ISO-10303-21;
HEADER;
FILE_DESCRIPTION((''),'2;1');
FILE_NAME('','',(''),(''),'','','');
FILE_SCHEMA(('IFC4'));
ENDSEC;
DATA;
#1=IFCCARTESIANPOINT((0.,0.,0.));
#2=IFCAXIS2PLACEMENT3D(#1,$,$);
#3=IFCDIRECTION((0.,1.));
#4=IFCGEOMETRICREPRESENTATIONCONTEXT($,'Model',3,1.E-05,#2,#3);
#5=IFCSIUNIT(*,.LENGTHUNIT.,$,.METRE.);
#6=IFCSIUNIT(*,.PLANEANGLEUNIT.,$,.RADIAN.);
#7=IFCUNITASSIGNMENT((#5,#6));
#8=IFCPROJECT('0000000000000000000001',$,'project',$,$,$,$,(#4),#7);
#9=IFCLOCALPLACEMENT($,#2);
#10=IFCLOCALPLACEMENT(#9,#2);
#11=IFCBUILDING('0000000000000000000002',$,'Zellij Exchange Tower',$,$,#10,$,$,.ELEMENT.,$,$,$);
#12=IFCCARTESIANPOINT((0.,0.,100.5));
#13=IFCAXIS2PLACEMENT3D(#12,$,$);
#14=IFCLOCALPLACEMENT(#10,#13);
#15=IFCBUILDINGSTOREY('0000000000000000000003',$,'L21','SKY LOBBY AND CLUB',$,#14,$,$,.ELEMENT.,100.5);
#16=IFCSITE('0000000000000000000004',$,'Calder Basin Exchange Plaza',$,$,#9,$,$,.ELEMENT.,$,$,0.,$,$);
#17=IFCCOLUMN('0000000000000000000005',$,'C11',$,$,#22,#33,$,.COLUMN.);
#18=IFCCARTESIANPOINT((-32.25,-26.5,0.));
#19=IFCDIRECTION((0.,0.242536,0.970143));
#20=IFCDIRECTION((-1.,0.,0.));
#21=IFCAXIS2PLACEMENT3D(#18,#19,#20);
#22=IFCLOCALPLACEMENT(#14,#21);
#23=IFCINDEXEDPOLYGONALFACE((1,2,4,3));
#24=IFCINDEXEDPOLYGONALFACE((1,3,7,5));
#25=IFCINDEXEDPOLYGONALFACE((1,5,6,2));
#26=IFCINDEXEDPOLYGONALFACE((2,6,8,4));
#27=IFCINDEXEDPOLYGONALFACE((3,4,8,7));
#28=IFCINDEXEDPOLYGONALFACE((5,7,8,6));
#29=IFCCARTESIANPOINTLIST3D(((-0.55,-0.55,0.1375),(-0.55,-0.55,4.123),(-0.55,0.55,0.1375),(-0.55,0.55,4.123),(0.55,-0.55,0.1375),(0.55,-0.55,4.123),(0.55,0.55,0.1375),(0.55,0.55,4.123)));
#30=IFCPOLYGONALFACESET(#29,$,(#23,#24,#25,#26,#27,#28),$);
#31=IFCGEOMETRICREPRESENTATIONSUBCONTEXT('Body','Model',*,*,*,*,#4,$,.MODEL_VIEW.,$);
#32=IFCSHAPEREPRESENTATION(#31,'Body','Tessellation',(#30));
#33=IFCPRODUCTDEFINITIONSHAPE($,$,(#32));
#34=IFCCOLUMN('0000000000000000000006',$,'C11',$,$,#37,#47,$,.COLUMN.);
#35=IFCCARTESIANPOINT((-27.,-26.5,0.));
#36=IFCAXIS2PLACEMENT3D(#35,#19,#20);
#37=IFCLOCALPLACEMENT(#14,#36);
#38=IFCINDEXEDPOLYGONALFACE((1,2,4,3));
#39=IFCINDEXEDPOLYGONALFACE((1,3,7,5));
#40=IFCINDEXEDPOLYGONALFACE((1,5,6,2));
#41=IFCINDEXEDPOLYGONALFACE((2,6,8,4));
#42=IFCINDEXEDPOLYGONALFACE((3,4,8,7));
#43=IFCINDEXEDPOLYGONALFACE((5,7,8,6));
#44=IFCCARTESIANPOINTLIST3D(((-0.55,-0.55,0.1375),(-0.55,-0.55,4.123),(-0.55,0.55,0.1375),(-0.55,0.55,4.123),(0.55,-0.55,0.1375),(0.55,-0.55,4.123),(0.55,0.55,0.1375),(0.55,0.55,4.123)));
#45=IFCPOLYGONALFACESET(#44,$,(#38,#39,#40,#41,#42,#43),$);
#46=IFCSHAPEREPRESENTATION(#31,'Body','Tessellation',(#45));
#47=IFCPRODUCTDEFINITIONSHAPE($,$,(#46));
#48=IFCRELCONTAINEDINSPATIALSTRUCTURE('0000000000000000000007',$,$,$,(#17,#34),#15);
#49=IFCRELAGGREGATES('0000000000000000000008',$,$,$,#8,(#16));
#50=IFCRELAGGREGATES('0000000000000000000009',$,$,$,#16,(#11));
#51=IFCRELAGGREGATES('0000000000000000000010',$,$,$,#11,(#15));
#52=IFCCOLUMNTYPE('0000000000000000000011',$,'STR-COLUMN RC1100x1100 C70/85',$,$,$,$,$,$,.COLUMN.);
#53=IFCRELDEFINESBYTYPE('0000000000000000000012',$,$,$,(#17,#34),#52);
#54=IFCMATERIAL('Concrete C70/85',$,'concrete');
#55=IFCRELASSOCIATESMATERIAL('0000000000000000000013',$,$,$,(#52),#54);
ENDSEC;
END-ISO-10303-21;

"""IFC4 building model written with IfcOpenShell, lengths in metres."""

from ifc_helpers import new_model, si_unit, direction, frame, origin, origin_2d, place, context, subcontext, project, spatial, rectangle, extrude, clip, halfspace, material, material_profile, profile_set, type_object, element, save


model = new_model("IFC4")

# Units and contexts
model_context = context("Model", 3, precision=1e-05, world=origin(), true_north=direction((0.0, 1.0)))
body_context = subcontext(model_context, "Body", "Model", "MODEL_VIEW")
ifc_project = project(units=[si_unit("LENGTHUNIT", "METRE"), si_unit("PLANEANGLEUNIT", "RADIAN")], contexts=[model_context])

# Site, building, storey
site_placement = place(None, origin())
site = spatial("IfcSite", under=ifc_project, at=site_placement, Name="Calder Basin Exchange Plaza", CompositionType="ELEMENT", RefElevation=0.0)
building_placement = place(site_placement, origin())
building = spatial("IfcBuilding", under=site, at=building_placement, Name="Zellij Exchange Tower", CompositionType="ELEMENT")
storey_placement = place(building_placement, frame((0.0, 0.0, 100.5)))
storey = spatial("IfcBuildingStorey", under=building, at=storey_placement, Name="L21", Description="SKY LOBBY AND CLUB", CompositionType="ELEMENT", Elevation=100.5)

# Columns
ifc_material_1 = material(Name="Concrete C70/85", Category="concrete")
ifc_material_profile_1 = material_profile(ifc_material_1, rectangle(XDim=1.1001, YDim=1.1001, at=origin_2d()), Name="STR-COLUMN RC1100x1100 C70/85")
ifc_profile_set_1 = profile_set([ifc_material_profile_1], Name="Concrete C70/85")
column_type = type_object("IfcColumnType", Name="STR-COLUMN RC1100x1100 C70/85", PredefinedType="COLUMN", material=ifc_profile_set_1)
for number, where, z_axis, x_axis, name in (
    (1, (-32.25, -26.5, 0.0), (0.0, 0.242536, 0.970143), (-1.0, 0.0, 0.0), "C11"),
    (2, (-27.0, -26.5, 0.0), (0.0, 0.242536, 0.970143), (-1.0, 0.0, 0.0), "C11"),
):
    element("IfcColumn", number, at=place(storey_placement, frame(where, z_axis=z_axis, x_axis=x_axis)), inside=storey, type_object=column_type, Name=name, PredefinedType="COLUMN", context=body_context, shape_type="Clipping", body=[
        clip(extrude(rectangle(XDim=1.1001, YDim=1.1001, at=origin_2d()), origin(), (0.0, 0.0, 1.0), 4.123), halfspace(frame((0.0, 0.0, 0.1375)), True)),
    ])

save(model, "model.ifc")
